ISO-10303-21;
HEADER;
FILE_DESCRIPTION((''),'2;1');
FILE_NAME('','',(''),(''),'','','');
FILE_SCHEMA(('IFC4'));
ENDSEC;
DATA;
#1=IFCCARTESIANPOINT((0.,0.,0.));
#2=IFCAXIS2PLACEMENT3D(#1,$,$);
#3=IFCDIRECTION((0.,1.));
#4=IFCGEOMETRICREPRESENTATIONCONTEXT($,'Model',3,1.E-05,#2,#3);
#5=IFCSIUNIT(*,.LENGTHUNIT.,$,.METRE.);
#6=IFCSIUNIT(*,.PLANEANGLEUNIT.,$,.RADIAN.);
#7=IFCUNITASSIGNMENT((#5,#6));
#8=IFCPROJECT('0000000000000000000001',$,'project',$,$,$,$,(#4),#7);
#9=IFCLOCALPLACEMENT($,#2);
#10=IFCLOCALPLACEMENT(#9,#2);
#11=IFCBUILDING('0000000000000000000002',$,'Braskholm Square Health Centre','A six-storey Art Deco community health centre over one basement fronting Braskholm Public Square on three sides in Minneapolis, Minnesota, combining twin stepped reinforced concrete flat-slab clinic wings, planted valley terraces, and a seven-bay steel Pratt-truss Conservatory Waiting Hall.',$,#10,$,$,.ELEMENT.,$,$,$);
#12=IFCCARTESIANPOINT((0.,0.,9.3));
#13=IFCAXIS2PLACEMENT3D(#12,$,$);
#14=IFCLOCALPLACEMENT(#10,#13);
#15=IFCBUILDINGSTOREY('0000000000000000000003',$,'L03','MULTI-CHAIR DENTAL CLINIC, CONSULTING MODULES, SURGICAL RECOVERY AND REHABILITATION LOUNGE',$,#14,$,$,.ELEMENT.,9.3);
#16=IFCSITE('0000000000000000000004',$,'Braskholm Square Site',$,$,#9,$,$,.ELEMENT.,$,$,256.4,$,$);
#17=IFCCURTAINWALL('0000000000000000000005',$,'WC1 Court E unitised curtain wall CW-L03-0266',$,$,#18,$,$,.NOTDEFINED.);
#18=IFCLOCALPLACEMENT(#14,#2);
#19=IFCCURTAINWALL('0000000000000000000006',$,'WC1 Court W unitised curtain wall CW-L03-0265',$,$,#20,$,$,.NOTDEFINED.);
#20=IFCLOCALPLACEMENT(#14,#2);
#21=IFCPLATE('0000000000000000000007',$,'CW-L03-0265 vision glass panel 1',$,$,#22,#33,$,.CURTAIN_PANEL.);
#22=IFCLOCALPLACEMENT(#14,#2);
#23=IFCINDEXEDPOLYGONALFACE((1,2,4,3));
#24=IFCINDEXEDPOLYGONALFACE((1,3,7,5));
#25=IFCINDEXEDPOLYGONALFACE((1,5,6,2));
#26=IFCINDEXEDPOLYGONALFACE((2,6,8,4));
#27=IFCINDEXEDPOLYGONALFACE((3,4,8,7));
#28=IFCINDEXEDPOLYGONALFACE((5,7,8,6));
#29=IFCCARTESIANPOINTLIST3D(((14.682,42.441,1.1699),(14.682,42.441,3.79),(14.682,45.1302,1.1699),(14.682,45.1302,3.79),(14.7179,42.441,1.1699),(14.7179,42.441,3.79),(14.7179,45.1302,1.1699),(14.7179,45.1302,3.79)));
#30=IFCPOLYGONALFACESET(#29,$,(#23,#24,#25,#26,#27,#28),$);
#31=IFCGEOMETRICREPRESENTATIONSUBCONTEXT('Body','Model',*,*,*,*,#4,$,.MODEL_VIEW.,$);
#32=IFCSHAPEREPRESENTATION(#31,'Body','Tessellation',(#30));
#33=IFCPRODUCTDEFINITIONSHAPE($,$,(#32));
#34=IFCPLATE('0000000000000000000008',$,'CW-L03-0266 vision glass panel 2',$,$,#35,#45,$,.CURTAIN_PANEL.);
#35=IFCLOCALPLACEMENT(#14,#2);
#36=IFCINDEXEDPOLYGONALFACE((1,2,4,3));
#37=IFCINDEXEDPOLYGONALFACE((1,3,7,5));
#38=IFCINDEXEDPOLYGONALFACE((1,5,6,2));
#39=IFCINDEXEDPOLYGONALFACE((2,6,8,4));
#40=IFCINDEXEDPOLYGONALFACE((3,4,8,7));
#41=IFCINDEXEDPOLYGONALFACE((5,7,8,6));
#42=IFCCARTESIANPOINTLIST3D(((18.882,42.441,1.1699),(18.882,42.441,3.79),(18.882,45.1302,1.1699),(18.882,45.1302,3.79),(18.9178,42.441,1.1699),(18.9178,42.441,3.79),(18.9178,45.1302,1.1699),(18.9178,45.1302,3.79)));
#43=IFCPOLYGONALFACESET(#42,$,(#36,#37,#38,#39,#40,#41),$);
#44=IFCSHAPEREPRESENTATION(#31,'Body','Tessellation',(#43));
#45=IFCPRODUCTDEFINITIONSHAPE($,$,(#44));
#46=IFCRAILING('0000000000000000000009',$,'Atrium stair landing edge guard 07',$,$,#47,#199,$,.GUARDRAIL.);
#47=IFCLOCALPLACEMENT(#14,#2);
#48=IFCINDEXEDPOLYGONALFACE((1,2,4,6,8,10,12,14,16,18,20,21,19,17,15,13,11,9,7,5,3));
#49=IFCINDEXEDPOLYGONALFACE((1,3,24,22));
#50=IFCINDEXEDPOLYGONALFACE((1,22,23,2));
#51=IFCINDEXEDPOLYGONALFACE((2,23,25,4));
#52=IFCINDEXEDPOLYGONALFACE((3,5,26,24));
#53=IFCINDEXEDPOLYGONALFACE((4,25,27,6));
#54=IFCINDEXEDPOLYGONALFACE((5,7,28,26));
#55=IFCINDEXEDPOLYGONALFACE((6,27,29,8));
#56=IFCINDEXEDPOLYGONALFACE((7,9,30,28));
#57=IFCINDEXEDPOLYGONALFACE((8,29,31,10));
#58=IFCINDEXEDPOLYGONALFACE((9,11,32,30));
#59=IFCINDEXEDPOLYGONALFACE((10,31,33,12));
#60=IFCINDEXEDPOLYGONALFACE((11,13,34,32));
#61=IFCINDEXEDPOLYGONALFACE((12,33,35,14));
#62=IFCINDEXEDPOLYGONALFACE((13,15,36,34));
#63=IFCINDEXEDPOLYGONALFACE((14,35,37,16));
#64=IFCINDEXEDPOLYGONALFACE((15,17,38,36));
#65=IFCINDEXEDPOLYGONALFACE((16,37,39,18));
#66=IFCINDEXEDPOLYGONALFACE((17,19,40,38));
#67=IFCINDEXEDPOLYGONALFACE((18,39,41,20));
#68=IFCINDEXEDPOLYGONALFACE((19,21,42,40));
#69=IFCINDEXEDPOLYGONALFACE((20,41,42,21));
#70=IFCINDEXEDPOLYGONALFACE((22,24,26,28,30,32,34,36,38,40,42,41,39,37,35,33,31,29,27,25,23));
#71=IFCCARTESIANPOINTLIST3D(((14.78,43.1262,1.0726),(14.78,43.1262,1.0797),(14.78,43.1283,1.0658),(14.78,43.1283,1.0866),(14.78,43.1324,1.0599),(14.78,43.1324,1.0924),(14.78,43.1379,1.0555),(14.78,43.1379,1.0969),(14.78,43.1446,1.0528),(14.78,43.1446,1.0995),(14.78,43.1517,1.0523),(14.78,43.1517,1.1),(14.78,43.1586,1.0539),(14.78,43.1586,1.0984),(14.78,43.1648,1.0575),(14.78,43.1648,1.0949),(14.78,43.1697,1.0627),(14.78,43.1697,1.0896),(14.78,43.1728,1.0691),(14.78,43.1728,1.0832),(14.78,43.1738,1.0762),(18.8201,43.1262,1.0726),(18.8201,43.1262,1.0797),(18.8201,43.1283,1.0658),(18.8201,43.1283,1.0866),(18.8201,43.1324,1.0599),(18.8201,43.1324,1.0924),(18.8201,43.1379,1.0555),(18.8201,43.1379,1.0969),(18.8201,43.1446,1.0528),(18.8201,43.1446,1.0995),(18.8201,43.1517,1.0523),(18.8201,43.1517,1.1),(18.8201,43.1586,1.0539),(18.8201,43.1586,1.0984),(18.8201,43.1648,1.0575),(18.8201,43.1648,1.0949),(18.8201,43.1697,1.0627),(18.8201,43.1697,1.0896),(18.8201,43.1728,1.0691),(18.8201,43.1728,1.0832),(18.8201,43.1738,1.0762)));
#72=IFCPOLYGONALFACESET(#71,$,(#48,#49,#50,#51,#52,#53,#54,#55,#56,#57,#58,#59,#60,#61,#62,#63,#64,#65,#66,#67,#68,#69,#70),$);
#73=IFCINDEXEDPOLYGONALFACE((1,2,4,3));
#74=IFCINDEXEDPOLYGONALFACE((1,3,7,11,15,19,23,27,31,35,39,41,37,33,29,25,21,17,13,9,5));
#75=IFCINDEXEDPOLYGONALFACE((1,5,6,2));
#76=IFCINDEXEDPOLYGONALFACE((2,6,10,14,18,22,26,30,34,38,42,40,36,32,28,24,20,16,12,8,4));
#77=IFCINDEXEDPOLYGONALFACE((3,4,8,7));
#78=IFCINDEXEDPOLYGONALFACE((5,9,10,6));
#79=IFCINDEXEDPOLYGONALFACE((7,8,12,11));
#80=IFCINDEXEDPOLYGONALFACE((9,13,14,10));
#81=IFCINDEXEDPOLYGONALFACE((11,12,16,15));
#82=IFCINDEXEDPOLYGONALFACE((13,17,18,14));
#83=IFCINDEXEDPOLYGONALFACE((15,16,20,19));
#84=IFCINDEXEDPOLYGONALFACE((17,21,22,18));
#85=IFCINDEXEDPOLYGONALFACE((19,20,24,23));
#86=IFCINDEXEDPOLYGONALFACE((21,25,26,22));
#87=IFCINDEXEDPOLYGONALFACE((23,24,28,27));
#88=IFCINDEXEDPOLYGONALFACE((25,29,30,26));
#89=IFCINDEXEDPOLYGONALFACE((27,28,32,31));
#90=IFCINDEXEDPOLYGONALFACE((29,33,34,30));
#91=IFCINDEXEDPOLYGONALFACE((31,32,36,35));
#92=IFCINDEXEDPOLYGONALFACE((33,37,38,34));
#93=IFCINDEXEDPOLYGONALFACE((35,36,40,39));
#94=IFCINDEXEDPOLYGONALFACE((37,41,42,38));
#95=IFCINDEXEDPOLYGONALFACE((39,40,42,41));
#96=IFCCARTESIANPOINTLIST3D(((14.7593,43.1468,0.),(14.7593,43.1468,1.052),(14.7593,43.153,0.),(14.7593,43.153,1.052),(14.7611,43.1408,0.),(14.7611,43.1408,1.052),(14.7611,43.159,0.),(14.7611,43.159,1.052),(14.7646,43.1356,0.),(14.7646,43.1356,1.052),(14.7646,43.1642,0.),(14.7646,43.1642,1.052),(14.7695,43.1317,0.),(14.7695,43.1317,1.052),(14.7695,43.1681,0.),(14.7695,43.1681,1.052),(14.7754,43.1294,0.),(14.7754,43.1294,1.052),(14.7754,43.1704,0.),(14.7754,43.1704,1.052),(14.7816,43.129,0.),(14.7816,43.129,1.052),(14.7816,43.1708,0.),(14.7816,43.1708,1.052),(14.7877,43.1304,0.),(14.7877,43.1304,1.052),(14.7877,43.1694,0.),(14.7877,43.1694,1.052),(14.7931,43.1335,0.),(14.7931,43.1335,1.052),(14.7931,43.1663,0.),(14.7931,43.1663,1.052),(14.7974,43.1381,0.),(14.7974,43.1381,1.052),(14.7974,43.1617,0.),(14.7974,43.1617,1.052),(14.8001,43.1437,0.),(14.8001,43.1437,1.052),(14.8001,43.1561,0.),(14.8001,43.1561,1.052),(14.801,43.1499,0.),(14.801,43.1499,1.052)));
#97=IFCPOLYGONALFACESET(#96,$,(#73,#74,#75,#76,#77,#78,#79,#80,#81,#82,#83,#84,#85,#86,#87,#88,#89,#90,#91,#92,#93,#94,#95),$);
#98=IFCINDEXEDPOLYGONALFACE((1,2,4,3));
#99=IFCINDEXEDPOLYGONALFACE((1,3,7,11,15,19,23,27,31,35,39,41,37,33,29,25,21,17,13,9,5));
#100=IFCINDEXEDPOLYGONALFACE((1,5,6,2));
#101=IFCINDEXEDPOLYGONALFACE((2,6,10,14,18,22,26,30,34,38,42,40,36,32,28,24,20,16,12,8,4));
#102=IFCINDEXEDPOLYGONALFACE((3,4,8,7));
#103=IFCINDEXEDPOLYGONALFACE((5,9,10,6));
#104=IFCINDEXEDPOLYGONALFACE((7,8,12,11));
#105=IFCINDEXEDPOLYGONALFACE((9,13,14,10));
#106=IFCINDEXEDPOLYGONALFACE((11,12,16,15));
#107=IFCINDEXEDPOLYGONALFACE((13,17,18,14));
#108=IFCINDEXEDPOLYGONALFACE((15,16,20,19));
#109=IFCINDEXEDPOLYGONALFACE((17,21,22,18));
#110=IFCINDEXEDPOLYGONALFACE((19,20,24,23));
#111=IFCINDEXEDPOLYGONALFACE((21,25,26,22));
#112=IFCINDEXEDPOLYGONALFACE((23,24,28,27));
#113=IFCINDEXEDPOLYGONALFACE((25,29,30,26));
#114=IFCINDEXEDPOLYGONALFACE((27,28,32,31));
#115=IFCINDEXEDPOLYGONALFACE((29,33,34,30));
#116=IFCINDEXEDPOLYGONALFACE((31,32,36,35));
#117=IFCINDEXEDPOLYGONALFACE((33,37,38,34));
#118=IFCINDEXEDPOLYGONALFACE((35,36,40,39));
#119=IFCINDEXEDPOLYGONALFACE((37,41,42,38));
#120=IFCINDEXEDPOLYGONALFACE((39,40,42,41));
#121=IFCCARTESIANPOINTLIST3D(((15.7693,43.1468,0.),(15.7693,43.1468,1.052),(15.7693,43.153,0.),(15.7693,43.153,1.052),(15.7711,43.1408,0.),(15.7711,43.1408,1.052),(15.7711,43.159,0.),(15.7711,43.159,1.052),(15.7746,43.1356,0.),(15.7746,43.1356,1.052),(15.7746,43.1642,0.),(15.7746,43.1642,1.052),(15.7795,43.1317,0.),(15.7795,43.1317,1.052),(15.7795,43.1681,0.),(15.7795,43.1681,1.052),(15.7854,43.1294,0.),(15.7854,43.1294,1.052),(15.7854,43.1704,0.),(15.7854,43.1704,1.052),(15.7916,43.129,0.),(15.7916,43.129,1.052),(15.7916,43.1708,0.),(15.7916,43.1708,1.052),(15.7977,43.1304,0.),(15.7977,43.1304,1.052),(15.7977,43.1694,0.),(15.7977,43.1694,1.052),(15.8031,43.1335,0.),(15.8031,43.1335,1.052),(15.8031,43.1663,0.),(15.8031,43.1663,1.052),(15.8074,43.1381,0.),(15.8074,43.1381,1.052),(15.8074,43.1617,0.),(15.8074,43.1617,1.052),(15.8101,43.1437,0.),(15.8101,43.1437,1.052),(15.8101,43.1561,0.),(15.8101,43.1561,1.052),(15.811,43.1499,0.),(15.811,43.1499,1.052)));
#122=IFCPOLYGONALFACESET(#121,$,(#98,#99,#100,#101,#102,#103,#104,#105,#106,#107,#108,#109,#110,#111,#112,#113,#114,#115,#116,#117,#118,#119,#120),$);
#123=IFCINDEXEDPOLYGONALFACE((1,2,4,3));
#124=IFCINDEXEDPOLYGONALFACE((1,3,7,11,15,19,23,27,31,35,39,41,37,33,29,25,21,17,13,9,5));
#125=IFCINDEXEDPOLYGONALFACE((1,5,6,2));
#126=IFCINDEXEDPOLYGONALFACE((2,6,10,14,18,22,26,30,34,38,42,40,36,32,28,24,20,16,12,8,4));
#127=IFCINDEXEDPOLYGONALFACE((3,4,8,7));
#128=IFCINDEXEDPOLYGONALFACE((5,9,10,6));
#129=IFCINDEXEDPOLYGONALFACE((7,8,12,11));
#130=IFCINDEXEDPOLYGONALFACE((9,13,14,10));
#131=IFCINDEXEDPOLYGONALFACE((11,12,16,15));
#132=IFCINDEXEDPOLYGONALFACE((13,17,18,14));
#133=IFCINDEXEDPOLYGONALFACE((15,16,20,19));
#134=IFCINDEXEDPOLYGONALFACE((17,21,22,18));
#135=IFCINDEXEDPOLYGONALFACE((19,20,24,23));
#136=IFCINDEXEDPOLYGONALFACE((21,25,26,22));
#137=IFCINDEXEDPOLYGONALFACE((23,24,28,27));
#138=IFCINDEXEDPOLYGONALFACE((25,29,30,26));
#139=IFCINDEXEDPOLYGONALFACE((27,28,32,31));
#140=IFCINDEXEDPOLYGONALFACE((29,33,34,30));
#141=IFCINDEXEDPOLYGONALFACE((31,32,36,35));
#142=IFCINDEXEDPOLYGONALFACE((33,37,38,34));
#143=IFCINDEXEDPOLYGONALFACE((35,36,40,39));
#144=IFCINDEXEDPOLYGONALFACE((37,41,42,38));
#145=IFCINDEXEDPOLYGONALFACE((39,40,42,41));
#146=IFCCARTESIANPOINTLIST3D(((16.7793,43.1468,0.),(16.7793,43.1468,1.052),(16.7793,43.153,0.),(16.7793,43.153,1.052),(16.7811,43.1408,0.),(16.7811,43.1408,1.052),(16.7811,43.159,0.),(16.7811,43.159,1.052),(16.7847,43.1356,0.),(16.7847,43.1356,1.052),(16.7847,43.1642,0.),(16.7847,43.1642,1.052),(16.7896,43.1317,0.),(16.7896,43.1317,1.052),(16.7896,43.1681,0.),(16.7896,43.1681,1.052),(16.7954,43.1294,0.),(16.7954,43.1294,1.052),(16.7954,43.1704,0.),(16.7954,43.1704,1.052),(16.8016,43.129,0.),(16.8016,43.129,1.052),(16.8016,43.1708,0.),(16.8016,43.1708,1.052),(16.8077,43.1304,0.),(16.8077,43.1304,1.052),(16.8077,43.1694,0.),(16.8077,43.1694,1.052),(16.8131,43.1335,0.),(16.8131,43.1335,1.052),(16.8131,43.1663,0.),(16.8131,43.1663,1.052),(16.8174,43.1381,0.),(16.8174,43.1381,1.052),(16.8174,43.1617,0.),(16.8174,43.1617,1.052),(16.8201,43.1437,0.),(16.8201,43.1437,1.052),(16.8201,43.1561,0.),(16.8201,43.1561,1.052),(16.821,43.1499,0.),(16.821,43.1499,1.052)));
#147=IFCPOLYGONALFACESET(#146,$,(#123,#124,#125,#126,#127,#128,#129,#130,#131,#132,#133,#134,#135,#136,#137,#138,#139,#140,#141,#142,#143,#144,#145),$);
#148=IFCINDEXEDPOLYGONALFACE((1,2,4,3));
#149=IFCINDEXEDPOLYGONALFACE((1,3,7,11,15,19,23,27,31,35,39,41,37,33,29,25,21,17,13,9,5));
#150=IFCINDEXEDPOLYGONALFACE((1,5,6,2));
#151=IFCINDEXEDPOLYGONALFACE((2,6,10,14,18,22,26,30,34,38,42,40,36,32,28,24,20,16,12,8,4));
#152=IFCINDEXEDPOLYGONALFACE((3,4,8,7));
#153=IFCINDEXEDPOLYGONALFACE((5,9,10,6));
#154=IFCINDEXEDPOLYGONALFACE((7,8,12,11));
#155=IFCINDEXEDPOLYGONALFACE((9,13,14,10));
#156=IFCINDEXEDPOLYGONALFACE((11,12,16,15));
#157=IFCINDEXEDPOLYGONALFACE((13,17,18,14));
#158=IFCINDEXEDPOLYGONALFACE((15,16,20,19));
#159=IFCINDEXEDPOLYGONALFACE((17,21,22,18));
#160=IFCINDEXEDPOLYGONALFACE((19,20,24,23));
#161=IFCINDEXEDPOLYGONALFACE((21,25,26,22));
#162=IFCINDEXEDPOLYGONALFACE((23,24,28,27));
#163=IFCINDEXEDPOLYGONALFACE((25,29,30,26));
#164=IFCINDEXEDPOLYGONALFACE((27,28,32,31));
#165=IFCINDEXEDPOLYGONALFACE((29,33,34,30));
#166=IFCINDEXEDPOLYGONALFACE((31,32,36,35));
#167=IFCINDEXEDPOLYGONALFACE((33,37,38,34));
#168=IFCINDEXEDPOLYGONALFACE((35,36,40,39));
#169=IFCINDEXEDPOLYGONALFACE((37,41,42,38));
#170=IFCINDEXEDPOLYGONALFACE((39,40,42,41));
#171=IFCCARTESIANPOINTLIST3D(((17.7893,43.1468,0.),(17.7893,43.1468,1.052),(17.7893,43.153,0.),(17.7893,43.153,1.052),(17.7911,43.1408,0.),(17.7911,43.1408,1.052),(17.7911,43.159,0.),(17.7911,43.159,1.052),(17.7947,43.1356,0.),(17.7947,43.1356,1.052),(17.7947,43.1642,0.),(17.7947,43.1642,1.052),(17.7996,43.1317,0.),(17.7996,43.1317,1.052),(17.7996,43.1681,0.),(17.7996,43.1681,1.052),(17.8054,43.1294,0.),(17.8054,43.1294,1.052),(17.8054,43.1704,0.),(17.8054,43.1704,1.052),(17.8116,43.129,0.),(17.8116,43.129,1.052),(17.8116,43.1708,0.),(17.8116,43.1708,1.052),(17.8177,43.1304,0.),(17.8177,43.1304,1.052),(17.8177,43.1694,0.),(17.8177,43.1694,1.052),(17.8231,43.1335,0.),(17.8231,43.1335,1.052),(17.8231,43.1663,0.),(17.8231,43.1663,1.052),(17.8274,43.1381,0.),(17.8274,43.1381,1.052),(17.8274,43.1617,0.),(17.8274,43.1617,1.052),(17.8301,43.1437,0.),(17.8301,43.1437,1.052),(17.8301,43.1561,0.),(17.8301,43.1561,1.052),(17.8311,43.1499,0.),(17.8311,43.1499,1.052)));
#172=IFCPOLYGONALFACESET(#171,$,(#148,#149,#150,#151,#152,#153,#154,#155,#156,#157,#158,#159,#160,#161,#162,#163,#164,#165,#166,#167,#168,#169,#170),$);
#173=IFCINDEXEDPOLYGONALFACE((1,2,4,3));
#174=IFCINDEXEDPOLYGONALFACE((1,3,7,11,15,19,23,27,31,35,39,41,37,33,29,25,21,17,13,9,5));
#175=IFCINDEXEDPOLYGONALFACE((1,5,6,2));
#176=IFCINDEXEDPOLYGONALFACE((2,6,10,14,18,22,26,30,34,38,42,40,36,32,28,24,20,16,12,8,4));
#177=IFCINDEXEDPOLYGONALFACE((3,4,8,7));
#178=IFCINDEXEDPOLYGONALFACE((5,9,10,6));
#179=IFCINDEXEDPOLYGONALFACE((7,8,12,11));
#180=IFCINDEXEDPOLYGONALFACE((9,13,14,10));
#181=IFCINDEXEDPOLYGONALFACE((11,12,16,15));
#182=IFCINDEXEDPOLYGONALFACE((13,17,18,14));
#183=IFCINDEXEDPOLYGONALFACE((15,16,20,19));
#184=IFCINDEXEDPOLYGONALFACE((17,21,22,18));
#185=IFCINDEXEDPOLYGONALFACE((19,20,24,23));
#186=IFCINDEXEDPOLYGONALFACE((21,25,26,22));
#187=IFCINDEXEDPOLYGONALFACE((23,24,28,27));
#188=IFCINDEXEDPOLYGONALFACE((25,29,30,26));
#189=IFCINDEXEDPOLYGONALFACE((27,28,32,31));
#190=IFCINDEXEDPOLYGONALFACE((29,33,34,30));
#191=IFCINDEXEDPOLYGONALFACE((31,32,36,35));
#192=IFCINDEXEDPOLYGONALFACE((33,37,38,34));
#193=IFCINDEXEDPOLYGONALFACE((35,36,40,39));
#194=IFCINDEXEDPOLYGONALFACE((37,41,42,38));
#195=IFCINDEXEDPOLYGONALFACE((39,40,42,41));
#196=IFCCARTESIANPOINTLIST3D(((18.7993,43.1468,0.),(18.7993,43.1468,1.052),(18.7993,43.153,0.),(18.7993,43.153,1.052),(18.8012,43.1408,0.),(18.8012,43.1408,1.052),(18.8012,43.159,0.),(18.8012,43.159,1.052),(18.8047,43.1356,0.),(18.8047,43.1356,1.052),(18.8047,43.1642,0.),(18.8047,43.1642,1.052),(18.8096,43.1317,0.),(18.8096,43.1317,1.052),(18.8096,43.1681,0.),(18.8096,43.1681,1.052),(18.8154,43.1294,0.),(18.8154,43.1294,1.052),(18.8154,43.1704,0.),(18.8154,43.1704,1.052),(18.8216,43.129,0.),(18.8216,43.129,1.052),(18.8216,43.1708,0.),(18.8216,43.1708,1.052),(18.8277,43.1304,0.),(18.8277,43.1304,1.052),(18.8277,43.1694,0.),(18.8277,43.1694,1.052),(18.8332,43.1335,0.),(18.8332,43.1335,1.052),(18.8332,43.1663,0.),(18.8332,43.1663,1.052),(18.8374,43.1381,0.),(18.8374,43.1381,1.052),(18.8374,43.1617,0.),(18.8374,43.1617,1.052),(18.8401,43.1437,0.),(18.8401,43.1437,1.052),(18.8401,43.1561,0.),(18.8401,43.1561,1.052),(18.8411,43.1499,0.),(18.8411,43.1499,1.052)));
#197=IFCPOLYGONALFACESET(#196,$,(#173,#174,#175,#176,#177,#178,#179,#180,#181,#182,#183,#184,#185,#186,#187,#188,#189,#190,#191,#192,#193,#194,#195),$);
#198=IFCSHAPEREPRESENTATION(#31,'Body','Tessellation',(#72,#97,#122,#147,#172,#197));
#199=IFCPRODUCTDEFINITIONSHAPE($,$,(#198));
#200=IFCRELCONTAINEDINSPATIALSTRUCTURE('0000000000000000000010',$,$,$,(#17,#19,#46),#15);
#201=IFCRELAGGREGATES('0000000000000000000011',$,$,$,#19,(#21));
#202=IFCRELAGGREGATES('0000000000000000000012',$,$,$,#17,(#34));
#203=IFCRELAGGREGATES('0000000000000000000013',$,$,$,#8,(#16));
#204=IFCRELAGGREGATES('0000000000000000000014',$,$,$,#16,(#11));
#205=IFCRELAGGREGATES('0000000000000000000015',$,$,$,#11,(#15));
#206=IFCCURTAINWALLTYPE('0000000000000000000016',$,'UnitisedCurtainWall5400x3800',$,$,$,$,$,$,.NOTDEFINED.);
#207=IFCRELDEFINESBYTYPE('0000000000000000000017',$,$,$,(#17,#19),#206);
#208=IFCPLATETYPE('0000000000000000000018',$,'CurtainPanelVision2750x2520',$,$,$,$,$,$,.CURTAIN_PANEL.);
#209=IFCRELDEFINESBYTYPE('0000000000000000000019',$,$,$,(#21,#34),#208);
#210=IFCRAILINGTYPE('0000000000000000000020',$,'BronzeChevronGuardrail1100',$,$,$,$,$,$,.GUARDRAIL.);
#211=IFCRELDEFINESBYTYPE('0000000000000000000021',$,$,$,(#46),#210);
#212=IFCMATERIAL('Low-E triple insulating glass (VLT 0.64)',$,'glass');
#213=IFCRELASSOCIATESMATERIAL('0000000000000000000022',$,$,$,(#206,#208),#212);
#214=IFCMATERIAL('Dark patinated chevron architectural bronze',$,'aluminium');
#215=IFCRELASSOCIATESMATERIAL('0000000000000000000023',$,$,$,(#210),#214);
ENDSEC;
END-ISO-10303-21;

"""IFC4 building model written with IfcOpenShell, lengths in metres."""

from ifc_helpers import new_model, si_unit, direction, frame, origin, origin_2d, place, context, subcontext, project, spatial, rectangle, circle, extrude, material, type_object, element, aggregate, save


model = new_model("IFC4")

# Units and contexts
model_context = context("Model", 3, precision=1e-05, world=origin(), true_north=direction((0.0, 1.0)))
body_context = subcontext(model_context, "Body", "Model", "MODEL_VIEW")
ifc_project = project(units=[si_unit("LENGTHUNIT", "METRE"), si_unit("PLANEANGLEUNIT", "RADIAN")], contexts=[model_context])

# Site, building, storey
site_placement = place(None, origin())
site = spatial("IfcSite", under=ifc_project, at=site_placement, Name="Braskholm Square Site", CompositionType="ELEMENT", RefElevation=256.4)
building_placement = place(site_placement, origin())
building = spatial("IfcBuilding", under=site, at=building_placement, Name="Braskholm Square Health Centre", Description="A six-storey Art Deco community health centre over one basement fronting Braskholm Public Square on three sides in Minneapolis, Minnesota, combining twin stepped reinforced concrete flat-slab clinic wings, planted valley terraces, and a seven-bay steel Pratt-truss Conservatory Waiting Hall.", CompositionType="ELEMENT")
storey_placement = place(building_placement, frame((0.0, 0.0, 9.3)))
storey = spatial("IfcBuildingStorey", under=building, at=storey_placement, Name="L03", Description="MULTI-CHAIR DENTAL CLINIC, CONSULTING MODULES, SURGICAL RECOVERY AND REHABILITATION LOUNGE", CompositionType="ELEMENT", Elevation=9.3)

# Shared definitions
ifc_material_1 = material(Name="Low-E triple insulating glass (VLT 0.64)", Category="glass")

# Curtain walls
curtain_wall_type_1 = type_object("IfcCurtainWallType", Name="UnitisedCurtainWall5400x3800", PredefinedType="NOTDEFINED", material=ifc_material_1)
curtain_wall_1_placement = place(storey_placement, origin())
curtain_wall_1 = element("IfcCurtainWall", 1, at=curtain_wall_1_placement, inside=storey, type_object=curtain_wall_type_1, Name="WC1 Court E unitised curtain wall CW-L03-0266", PredefinedType="NOTDEFINED")
curtain_wall_2_placement = place(storey_placement, origin())
curtain_wall_2 = element("IfcCurtainWall", 2, at=curtain_wall_2_placement, inside=storey, type_object=curtain_wall_type_1, Name="WC1 Court W unitised curtain wall CW-L03-0265", PredefinedType="NOTDEFINED")

# Plates
plate_type_1 = type_object("IfcPlateType", Name="CurtainPanelVision2750x2520", PredefinedType="CURTAIN_PANEL", material=ifc_material_1)
plate_1_placement = place(storey_placement, frame((14.7, 43.7856, 1.1699), z_axis=(0.0, 0.0, 1.0), x_axis=(0.0, 1.0, 0.0)))
plate_1 = element("IfcPlate", 3, at=plate_1_placement, type_object=plate_type_1, Name="CW-L03-0265 vision glass panel 1", PredefinedType="CURTAIN_PANEL", context=body_context, shape_type="SweptSolid", body=[
    extrude(rectangle(XDim=2.6892, YDim=0.0359, at=origin_2d()), origin(), (0.0, 0.0, 1.0), 2.6201),
])
aggregate(curtain_wall_2, [plate_1])
plate_2_placement = place(storey_placement, frame((18.8999, 43.7856, 1.1699), z_axis=(0.0, 0.0, 1.0), x_axis=(0.0, -1.0, 0.0)))
plate_2 = element("IfcPlate", 4, at=plate_2_placement, type_object=plate_type_1, Name="CW-L03-0266 vision glass panel 2", PredefinedType="CURTAIN_PANEL", context=body_context, shape_type="SweptSolid", body=[
    extrude(rectangle(XDim=2.6892, YDim=0.0359, at=origin_2d()), origin(), (0.0, 0.0, 1.0), 2.6201),
])
aggregate(curtain_wall_1, [plate_2])

# Railing
ifc_material_2 = material(Name="Dark patinated chevron architectural bronze", Category="aluminium")
railing_type = type_object("IfcRailingType", Name="BronzeChevronGuardrail1100", PredefinedType="GUARDRAIL", material=ifc_material_2)
railing_placement = place(storey_placement, frame((14.78, 43.1499, 0.0)))
element("IfcRailing", 5, at=railing_placement, inside=storey, type_object=railing_type, Name="Atrium stair landing edge guard 07", PredefinedType="GUARDRAIL", context=body_context, shape_type="SweptSolid", body=[
    extrude(circle(Radius=0.0239, at=origin_2d()), frame((0.0, 0.0, 1.0762), z_axis=(1.0, 0.0, 0.0), x_axis=(0.0, 1.0, 0.0)), (0.0, 0.0, 1.0), 4.04),
    extrude(circle(Radius=0.021, at=origin_2d()), origin(), (0.0, 0.0, 1.0), 1.052),
    extrude(circle(Radius=0.021, at=origin_2d()), frame((1.01, 0.0, 0.0)), (0.0, 0.0, 1.0), 1.052),
    extrude(circle(Radius=0.021, at=origin_2d()), frame((2.02, 0.0, 0.0)), (0.0, 0.0, 1.0), 1.052),
    extrude(circle(Radius=0.021, at=origin_2d()), frame((3.03, 0.0, 0.0)), (0.0, 0.0, 1.0), 1.052),
    extrude(circle(Radius=0.021, at=origin_2d()), frame((4.04, 0.0, 0.0)), (0.0, 0.0, 1.0), 1.052),
])

save(model, "model.ifc")
